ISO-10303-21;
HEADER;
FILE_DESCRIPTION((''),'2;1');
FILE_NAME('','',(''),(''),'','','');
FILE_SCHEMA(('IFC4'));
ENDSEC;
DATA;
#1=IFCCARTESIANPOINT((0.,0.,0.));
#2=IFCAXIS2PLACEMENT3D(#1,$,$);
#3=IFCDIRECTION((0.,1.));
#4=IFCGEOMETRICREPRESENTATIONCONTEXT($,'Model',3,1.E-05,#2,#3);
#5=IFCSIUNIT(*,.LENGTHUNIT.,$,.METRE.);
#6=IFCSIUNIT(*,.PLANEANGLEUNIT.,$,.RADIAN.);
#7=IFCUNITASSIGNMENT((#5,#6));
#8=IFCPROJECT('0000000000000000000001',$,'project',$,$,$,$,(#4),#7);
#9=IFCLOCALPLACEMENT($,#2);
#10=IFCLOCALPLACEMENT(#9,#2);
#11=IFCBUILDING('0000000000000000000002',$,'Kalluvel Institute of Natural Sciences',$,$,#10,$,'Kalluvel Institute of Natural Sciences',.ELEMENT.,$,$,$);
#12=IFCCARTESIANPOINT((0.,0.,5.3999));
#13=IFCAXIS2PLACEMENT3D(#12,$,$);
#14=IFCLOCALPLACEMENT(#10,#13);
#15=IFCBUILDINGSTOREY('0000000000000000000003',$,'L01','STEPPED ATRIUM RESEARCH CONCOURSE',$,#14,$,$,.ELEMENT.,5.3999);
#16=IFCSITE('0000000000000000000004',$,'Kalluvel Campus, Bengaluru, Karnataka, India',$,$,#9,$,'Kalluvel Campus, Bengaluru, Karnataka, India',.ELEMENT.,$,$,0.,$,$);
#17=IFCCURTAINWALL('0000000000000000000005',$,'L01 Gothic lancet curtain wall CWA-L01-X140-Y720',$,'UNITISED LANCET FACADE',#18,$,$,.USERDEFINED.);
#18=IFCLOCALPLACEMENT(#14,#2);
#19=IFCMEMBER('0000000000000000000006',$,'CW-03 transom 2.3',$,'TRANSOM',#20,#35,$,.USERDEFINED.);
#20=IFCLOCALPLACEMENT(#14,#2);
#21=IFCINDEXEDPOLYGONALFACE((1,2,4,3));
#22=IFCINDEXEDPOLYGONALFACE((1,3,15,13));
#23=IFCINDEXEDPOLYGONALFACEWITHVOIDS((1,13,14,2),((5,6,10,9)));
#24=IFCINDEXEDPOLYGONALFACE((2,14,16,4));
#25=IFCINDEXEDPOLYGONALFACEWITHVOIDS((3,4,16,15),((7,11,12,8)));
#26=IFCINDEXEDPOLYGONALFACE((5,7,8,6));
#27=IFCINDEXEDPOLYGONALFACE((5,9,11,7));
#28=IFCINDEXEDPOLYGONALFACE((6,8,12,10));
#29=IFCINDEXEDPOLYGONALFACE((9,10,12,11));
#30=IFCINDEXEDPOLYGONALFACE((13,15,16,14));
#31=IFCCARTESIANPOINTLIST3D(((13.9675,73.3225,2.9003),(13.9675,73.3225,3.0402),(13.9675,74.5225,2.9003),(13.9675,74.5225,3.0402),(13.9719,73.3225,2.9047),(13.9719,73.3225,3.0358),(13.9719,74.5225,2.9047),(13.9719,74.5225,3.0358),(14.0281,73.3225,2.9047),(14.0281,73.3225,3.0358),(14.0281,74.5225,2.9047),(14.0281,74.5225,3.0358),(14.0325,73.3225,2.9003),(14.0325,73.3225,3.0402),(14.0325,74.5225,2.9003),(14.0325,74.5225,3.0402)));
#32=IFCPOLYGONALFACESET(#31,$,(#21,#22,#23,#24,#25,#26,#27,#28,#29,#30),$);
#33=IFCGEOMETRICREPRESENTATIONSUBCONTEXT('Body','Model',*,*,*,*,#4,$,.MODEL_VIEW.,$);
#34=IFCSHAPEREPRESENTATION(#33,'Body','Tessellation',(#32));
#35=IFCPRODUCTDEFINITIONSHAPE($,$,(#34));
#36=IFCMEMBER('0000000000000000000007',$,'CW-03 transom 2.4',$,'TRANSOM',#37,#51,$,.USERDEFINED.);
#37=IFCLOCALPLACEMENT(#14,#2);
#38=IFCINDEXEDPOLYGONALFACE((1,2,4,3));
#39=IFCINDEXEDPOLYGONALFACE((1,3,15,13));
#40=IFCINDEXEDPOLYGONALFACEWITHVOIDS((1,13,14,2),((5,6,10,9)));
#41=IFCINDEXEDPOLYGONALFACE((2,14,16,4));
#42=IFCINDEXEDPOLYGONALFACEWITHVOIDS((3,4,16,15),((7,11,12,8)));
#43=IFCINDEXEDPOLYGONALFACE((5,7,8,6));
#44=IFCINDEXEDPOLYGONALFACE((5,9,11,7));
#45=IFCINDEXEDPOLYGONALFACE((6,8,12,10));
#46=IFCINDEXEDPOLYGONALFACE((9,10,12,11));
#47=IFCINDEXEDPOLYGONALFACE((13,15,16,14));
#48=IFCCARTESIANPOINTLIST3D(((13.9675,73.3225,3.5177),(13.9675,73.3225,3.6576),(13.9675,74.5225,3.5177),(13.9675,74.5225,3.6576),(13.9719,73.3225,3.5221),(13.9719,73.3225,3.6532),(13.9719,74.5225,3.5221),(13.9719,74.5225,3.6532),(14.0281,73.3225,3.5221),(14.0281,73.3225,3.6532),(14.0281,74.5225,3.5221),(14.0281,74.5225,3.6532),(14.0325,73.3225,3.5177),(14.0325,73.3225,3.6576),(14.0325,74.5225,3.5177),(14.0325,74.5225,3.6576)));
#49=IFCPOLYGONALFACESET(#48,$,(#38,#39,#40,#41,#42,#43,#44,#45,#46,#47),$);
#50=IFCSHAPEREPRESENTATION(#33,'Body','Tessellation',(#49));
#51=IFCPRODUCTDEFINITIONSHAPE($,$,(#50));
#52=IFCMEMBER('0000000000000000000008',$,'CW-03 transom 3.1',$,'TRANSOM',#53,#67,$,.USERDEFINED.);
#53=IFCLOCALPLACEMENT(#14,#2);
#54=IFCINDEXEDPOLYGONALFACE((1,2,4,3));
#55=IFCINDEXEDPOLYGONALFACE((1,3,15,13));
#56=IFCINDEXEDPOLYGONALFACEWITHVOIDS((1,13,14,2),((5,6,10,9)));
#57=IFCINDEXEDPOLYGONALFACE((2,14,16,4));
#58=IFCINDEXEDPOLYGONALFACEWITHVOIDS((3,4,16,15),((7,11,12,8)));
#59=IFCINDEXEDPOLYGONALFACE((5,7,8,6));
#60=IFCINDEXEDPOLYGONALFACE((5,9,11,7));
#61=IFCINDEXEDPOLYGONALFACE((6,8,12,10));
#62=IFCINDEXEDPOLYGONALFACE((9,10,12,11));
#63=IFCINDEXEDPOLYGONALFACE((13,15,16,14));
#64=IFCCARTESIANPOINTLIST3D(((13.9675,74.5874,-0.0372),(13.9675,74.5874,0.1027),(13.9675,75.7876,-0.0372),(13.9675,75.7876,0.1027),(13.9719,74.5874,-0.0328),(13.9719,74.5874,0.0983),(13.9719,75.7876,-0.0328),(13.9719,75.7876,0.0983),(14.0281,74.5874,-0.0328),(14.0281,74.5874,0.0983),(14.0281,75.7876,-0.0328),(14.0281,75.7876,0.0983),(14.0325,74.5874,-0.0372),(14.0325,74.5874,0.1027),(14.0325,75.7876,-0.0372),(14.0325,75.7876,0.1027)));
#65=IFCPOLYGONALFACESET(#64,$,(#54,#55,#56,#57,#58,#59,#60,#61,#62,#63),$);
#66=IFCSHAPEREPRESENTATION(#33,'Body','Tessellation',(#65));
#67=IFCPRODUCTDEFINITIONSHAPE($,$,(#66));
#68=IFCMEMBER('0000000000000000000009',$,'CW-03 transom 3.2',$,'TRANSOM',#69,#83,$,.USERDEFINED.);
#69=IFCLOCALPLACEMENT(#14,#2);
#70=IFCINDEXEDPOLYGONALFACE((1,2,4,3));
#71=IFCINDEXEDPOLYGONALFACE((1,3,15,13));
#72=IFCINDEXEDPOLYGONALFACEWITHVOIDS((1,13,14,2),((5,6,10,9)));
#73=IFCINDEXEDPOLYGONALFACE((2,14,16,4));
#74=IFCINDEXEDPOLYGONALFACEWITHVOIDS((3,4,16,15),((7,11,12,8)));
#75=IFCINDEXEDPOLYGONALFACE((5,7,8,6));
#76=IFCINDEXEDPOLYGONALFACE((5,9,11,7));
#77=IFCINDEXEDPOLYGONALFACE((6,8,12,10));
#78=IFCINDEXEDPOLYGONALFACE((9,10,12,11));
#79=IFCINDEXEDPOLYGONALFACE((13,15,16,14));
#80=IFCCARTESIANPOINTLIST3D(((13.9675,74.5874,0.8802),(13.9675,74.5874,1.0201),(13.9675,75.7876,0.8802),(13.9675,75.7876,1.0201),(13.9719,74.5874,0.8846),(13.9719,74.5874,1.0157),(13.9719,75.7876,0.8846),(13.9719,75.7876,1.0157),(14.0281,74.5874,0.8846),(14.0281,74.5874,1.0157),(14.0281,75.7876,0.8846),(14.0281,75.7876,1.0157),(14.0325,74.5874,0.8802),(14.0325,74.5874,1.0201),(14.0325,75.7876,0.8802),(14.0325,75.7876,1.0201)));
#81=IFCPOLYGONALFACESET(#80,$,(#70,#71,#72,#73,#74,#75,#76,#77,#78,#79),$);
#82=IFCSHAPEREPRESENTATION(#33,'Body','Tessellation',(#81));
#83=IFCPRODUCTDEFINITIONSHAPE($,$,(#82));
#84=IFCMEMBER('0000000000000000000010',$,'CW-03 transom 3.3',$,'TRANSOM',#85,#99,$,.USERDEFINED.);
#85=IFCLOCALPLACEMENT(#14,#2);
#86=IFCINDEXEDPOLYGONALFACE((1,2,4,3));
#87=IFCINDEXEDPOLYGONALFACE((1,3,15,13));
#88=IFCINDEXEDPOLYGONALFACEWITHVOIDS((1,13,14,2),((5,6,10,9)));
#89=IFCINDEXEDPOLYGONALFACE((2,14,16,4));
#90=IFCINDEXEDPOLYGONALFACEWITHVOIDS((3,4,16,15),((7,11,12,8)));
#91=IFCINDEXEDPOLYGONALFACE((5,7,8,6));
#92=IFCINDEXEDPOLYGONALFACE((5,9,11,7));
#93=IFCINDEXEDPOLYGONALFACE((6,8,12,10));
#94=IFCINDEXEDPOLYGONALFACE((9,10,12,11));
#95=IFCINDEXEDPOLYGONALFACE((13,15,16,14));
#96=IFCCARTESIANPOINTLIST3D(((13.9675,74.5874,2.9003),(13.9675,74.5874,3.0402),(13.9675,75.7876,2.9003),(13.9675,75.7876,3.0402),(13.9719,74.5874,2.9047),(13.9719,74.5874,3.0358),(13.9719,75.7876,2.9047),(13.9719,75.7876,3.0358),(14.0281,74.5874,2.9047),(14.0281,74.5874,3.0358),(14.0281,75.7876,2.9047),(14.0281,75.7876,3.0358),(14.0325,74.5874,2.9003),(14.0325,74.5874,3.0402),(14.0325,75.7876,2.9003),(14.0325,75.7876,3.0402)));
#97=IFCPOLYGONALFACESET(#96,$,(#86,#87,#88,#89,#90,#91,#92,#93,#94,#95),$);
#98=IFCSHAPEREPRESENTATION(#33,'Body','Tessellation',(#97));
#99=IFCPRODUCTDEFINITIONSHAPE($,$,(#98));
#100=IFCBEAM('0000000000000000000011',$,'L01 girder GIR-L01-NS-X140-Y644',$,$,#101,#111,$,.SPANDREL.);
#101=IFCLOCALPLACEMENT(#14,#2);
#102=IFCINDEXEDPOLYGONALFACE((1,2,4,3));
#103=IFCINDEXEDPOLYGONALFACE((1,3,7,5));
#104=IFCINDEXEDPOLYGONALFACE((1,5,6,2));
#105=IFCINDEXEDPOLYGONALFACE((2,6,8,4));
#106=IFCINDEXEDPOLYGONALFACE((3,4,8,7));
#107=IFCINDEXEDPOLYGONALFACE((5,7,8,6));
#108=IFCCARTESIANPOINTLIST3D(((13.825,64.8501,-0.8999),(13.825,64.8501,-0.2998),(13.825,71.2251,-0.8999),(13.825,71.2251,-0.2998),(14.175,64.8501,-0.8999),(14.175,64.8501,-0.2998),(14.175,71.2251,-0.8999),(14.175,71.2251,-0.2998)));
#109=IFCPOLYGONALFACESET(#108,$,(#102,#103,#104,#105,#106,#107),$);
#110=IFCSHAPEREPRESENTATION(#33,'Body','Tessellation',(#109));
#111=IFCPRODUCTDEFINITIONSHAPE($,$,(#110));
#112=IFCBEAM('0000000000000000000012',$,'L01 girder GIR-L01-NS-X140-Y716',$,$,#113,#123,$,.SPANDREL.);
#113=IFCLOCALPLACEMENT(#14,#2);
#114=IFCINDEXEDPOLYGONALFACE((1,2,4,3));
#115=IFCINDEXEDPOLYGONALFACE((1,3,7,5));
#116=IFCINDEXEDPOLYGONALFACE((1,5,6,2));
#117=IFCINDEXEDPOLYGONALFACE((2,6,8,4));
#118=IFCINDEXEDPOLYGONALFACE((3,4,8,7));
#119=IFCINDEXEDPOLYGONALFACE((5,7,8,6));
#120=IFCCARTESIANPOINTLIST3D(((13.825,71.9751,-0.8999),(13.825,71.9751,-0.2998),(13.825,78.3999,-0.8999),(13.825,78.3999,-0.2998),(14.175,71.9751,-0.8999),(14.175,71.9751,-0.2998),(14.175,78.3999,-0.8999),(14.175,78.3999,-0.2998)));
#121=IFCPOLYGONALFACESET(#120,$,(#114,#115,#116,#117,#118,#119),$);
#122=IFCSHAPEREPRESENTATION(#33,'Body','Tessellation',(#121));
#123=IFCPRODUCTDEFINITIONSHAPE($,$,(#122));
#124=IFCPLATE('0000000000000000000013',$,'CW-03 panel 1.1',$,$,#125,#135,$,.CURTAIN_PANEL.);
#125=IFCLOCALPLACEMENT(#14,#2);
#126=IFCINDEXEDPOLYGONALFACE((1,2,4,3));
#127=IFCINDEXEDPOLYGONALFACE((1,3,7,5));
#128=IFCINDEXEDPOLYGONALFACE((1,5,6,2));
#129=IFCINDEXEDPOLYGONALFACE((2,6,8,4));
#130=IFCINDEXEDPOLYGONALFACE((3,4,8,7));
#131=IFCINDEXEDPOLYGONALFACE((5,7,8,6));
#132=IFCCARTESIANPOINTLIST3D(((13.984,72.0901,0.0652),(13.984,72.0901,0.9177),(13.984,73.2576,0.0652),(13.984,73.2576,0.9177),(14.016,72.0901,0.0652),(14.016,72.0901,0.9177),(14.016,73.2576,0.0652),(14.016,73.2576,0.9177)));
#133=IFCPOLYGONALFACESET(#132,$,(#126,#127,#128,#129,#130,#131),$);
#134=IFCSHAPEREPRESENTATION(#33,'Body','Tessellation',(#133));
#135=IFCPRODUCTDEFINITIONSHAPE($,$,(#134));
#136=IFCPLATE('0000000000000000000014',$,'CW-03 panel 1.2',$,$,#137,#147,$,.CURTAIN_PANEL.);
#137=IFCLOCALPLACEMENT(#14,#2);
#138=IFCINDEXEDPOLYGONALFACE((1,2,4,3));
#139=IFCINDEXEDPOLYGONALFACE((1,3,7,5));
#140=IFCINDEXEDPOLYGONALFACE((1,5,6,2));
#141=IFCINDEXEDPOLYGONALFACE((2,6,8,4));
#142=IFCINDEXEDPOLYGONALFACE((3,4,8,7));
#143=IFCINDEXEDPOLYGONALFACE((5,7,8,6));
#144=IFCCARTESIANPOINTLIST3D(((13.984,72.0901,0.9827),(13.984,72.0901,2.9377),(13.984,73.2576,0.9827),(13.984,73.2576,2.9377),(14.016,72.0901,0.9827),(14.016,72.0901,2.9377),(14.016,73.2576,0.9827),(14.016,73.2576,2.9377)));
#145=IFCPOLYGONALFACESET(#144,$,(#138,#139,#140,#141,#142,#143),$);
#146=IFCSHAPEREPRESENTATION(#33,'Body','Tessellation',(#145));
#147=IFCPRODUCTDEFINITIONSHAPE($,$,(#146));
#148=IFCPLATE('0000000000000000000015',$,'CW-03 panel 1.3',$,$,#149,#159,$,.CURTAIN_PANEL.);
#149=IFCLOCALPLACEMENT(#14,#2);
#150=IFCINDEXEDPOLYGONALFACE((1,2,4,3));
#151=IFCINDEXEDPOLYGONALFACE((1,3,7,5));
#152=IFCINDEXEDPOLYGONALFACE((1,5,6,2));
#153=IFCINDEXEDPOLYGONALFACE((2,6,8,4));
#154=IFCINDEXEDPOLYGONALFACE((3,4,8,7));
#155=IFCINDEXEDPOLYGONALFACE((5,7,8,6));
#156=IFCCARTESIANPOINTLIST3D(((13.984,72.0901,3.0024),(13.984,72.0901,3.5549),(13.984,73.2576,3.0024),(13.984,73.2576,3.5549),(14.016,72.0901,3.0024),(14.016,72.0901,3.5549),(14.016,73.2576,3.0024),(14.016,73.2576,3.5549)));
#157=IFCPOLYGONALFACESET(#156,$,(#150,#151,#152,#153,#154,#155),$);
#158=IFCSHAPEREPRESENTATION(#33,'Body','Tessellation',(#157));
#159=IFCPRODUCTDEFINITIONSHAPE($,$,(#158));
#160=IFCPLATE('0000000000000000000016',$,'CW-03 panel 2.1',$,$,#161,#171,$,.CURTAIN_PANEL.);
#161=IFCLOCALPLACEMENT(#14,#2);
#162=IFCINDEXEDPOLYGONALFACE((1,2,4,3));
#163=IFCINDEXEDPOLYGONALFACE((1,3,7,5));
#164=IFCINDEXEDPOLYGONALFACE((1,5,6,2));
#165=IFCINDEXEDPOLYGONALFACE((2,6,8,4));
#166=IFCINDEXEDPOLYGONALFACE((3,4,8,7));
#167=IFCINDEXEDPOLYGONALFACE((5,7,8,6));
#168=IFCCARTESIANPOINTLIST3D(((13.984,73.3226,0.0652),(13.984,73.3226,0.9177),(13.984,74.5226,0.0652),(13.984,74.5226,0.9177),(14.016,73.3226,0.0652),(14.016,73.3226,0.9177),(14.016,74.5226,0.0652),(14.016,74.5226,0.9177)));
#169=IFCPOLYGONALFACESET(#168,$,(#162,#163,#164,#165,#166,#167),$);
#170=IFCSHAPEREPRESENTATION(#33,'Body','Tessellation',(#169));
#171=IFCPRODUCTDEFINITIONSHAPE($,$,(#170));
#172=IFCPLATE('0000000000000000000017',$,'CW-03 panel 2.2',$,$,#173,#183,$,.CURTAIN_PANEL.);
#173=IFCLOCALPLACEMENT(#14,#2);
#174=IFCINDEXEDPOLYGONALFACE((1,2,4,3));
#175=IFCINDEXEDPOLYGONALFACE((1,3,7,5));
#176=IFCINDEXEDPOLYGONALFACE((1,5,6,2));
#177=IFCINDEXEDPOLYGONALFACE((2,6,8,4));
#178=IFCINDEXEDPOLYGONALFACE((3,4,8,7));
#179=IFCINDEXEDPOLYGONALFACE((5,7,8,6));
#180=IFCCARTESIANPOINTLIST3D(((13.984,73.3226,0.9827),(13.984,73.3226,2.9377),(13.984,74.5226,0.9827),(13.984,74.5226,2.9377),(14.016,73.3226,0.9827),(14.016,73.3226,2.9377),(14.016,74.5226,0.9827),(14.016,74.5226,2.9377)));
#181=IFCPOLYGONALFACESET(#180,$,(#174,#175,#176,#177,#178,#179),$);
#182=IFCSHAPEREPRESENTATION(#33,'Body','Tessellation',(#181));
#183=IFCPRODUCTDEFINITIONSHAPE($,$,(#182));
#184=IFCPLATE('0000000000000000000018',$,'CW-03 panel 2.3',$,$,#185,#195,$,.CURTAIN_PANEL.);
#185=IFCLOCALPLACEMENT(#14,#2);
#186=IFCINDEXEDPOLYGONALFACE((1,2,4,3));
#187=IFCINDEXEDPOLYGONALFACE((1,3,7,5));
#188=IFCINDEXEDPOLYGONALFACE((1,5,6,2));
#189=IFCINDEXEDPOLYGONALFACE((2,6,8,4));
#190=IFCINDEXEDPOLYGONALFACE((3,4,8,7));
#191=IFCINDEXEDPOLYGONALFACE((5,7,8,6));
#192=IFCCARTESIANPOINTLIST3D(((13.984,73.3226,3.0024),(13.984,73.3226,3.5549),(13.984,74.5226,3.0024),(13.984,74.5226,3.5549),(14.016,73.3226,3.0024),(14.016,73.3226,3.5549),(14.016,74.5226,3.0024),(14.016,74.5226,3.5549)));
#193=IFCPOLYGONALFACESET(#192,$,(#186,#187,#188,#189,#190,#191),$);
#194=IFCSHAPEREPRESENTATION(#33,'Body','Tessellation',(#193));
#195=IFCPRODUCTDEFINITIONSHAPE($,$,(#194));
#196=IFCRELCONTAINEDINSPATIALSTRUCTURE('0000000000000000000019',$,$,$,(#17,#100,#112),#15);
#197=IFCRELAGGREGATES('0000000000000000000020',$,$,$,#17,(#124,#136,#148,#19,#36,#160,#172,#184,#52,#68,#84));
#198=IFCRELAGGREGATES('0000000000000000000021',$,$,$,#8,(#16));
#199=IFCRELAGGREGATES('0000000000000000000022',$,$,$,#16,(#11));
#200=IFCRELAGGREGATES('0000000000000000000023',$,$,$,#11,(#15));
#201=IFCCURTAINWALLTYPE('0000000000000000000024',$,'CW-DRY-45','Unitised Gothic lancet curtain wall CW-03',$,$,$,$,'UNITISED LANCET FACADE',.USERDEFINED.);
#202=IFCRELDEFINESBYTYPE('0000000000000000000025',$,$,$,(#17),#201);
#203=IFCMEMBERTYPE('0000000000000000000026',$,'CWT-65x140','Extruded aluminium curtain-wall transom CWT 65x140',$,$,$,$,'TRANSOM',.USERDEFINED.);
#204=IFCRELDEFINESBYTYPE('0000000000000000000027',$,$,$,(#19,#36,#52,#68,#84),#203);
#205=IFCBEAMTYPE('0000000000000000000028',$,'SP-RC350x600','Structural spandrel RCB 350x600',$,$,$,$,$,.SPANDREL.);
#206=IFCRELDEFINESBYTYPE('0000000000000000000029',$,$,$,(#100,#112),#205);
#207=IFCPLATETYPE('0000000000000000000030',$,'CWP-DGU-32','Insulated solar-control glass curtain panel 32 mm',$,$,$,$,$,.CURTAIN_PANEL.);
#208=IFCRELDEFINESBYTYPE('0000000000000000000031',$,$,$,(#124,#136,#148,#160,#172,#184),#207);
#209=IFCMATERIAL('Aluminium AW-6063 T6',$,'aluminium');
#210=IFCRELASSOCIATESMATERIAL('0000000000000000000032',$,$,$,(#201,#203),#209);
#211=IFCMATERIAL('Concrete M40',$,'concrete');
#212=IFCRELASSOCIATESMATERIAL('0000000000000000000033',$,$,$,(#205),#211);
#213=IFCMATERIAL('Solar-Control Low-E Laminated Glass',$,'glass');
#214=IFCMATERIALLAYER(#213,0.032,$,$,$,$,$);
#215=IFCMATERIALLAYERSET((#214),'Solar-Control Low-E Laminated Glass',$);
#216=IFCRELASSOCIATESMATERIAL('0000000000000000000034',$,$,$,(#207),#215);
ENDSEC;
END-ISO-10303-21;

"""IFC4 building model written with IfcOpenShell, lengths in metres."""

from ifc_helpers import new_model, si_unit, direction, frame, origin, origin_2d, place, context, subcontext, project, spatial, rectangle, hollow_rectangle, extrude, material, layer, layer_set, material_profile, profile_set, type_object, element, aggregate, save


model = new_model("IFC4")

# Units and contexts
model_context = context("Model", 3, precision=1e-05, world=origin(), true_north=direction((0.0, 1.0)))
body_context = subcontext(model_context, "Body", "Model", "MODEL_VIEW")
ifc_project = project(units=[si_unit("LENGTHUNIT", "METRE"), si_unit("PLANEANGLEUNIT", "RADIAN")], contexts=[model_context])

# Site, building, storey
site_placement = place(None, origin())
site = spatial("IfcSite", under=ifc_project, at=site_placement, Name="Kalluvel Campus, Bengaluru, Karnataka, India", LongName="Kalluvel Campus, Bengaluru, Karnataka, India", CompositionType="ELEMENT", RefElevation=0.0)
building_placement = place(site_placement, origin())
building = spatial("IfcBuilding", under=site, at=building_placement, Name="Kalluvel Institute of Natural Sciences", LongName="Kalluvel Institute of Natural Sciences", CompositionType="ELEMENT")
storey_placement = place(building_placement, frame((0.0, 0.0, 5.3999)))
storey = spatial("IfcBuildingStorey", under=building, at=storey_placement, Name="L01", Description="STEPPED ATRIUM RESEARCH CONCOURSE", CompositionType="ELEMENT", Elevation=5.3999)

# Curtain wall, members
ifc_material_1 = material(Name="Aluminium AW-6063 T6", Category="aluminium")
curtain_wall_type = type_object("IfcCurtainWallType", Name="CW-DRY-45", Description="Unitised Gothic lancet curtain wall CW-03", ElementType="UNITISED LANCET FACADE", PredefinedType="USERDEFINED", material=ifc_material_1)
curtain_wall_placement = place(storey_placement, origin())
curtain_wall = element("IfcCurtainWall", 1, at=curtain_wall_placement, inside=storey, type_object=curtain_wall_type, Name="L01 Gothic lancet curtain wall CWA-L01-X140-Y720", ObjectType="UNITISED LANCET FACADE", PredefinedType="USERDEFINED")
ifc_material_profile_1 = material_profile(ifc_material_1, hollow_rectangle(XDim=0.0649, YDim=0.1399, WallThickness=0.0044, at=origin_2d()), Name="CWT 65x140")
ifc_profile_set_1 = profile_set([ifc_material_profile_1], Name="Aluminium AW-6063 T6")
member_type_1 = type_object("IfcMemberType", Name="CWT-65x140", Description="Extruded aluminium curtain-wall transom CWT 65x140", ElementType="TRANSOM", PredefinedType="USERDEFINED", material=ifc_profile_set_1)
member_1_placement = place(storey_placement, frame((14.0, 73.3225, 2.9702), z_axis=(0.0, 1.0, 0.0), x_axis=(-1.0, 0.0, 0.0)))
member_1 = element("IfcMember", 2, at=member_1_placement, type_object=member_type_1, Name="CW-03 transom 2.3", ObjectType="TRANSOM", PredefinedType="USERDEFINED", context=body_context, shape_type="SweptSolid", body=[
    extrude(hollow_rectangle(XDim=0.0649, YDim=0.1399, WallThickness=0.0044, at=origin_2d()), origin(), (0.0, 0.0, 1.0), 1.2),
])
member_2_placement = place(storey_placement, frame((14.0, 73.3225, 3.5876), z_axis=(0.0, 1.0, 0.0), x_axis=(-1.0, 0.0, 0.0)))
member_2 = element("IfcMember", 3, at=member_2_placement, type_object=member_type_1, Name="CW-03 transom 2.4", ObjectType="TRANSOM", PredefinedType="USERDEFINED", context=body_context, shape_type="SweptSolid", body=[
    extrude(hollow_rectangle(XDim=0.0649, YDim=0.1399, WallThickness=0.0044, at=origin_2d()), origin(), (0.0, 0.0, 1.0), 1.2),
])
member_3_placement = place(storey_placement, frame((14.0, 74.5874, 0.0327), z_axis=(0.0, 1.0, 0.0), x_axis=(-1.0, 0.0, 0.0)))
member_3 = element("IfcMember", 4, at=member_3_placement, type_object=member_type_1, Name="CW-03 transom 3.1", ObjectType="TRANSOM", PredefinedType="USERDEFINED", context=body_context, shape_type="SweptSolid", body=[
    extrude(hollow_rectangle(XDim=0.0649, YDim=0.1399, WallThickness=0.0044, at=origin_2d()), origin(), (0.0, 0.0, 1.0), 1.2002),
])
member_4_placement = place(storey_placement, frame((14.0, 74.5874, 0.9502), z_axis=(0.0, 1.0, 0.0), x_axis=(-1.0, 0.0, 0.0)))
member_4 = element("IfcMember", 5, at=member_4_placement, type_object=member_type_1, Name="CW-03 transom 3.2", ObjectType="TRANSOM", PredefinedType="USERDEFINED", context=body_context, shape_type="SweptSolid", body=[
    extrude(hollow_rectangle(XDim=0.0649, YDim=0.1399, WallThickness=0.0044, at=origin_2d()), origin(), (0.0, 0.0, 1.0), 1.2002),
])
member_5_placement = place(storey_placement, frame((14.0, 74.5874, 2.9702), z_axis=(0.0, 1.0, 0.0), x_axis=(-1.0, 0.0, 0.0)))
member_5 = element("IfcMember", 6, at=member_5_placement, type_object=member_type_1, Name="CW-03 transom 3.3", ObjectType="TRANSOM", PredefinedType="USERDEFINED", context=body_context, shape_type="SweptSolid", body=[
    extrude(hollow_rectangle(XDim=0.0649, YDim=0.1399, WallThickness=0.0044, at=origin_2d()), origin(), (0.0, 0.0, 1.0), 1.2002),
])

# Beams
ifc_material_2 = material(Name="Concrete M40", Category="concrete")
ifc_material_profile_2 = material_profile(ifc_material_2, rectangle(XDim=0.3501, YDim=0.6001, at=origin_2d()), Name="RCB 350x600")
ifc_profile_set_2 = profile_set([ifc_material_profile_2], Name="Concrete M40")
beam_type = type_object("IfcBeamType", Name="SP-RC350x600", Description="Structural spandrel RCB 350x600", PredefinedType="SPANDREL", material=ifc_profile_set_2)
beam_1_placement = place(storey_placement, frame((14.0, 64.8501, -0.5999), z_axis=(0.0, 1.0, 0.0), x_axis=(-1.0, 0.0, 0.0)))
element("IfcBeam", 7, at=beam_1_placement, inside=storey, type_object=beam_type, Name="L01 girder GIR-L01-NS-X140-Y644", PredefinedType="SPANDREL", context=body_context, shape_type="SweptSolid", body=[
    extrude(rectangle(XDim=0.3501, YDim=0.6001, at=origin_2d()), origin(), (0.0, 0.0, 1.0), 6.375),
])
beam_2_placement = place(storey_placement, frame((14.0, 71.9751, -0.5999), z_axis=(0.0, 1.0, 0.0), x_axis=(-1.0, 0.0, 0.0)))
element("IfcBeam", 8, at=beam_2_placement, inside=storey, type_object=beam_type, Name="L01 girder GIR-L01-NS-X140-Y716", PredefinedType="SPANDREL", context=body_context, shape_type="SweptSolid", body=[
    extrude(rectangle(XDim=0.3501, YDim=0.6001, at=origin_2d()), origin(), (0.0, 0.0, 1.0), 6.4248),
])

# Plates
ifc_material_3 = material(Name="Solar-Control Low-E Laminated Glass", Category="glass")
ifc_layer_1 = layer(ifc_material_3, 0.032)
ifc_layer_set_1 = layer_set([ifc_layer_1], Name="Solar-Control Low-E Laminated Glass")
plate_type = type_object("IfcPlateType", Name="CWP-DGU-32", Description="Insulated solar-control glass curtain panel 32 mm", PredefinedType="CURTAIN_PANEL", material=ifc_layer_set_1)
plate_1_placement = place(storey_placement, frame((14.0, 72.6738, 0.0652), z_axis=(0.0, 0.0, 1.0), x_axis=(0.0, 1.0, 0.0)))
plate_1 = element("IfcPlate", 9, at=plate_1_placement, type_object=plate_type, Name="CW-03 panel 1.1", PredefinedType="CURTAIN_PANEL", context=body_context, shape_type="SweptSolid", body=[
    extrude(rectangle(XDim=1.1675, YDim=0.032, at=origin_2d()), origin(), (0.0, 0.0, 1.0), 0.8525),
])
plate_2_placement = place(storey_placement, frame((14.0, 72.6738, 0.9827), z_axis=(0.0, 0.0, 1.0), x_axis=(0.0, 1.0, 0.0)))
plate_2 = element("IfcPlate", 10, at=plate_2_placement, type_object=plate_type, Name="CW-03 panel 1.2", PredefinedType="CURTAIN_PANEL", context=body_context, shape_type="SweptSolid", body=[
    extrude(rectangle(XDim=1.1675, YDim=0.032, at=origin_2d()), origin(), (0.0, 0.0, 1.0), 1.9551),
])
plate_3_placement = place(storey_placement, frame((14.0, 72.6738, 3.0024), z_axis=(0.0, 0.0, 1.0), x_axis=(0.0, 1.0, 0.0)))
plate_3 = element("IfcPlate", 11, at=plate_3_placement, type_object=plate_type, Name="CW-03 panel 1.3", PredefinedType="CURTAIN_PANEL", context=body_context, shape_type="SweptSolid", body=[
    extrude(rectangle(XDim=1.1675, YDim=0.032, at=origin_2d()), origin(), (0.0, 0.0, 1.0), 0.5525),
])
plate_4_placement = place(storey_placement, frame((14.0, 73.9226, 0.0652), z_axis=(0.0, 0.0, 1.0), x_axis=(0.0, 1.0, 0.0)))
plate_4 = element("IfcPlate", 12, at=plate_4_placement, type_object=plate_type, Name="CW-03 panel 2.1", PredefinedType="CURTAIN_PANEL", context=body_context, shape_type="SweptSolid", body=[
    extrude(rectangle(XDim=1.2, YDim=0.032, at=origin_2d()), origin(), (0.0, 0.0, 1.0), 0.8525),
])
plate_5_placement = place(storey_placement, frame((14.0, 73.9226, 0.9827), z_axis=(0.0, 0.0, 1.0), x_axis=(0.0, 1.0, 0.0)))
plate_5 = element("IfcPlate", 13, at=plate_5_placement, type_object=plate_type, Name="CW-03 panel 2.2", PredefinedType="CURTAIN_PANEL", context=body_context, shape_type="SweptSolid", body=[
    extrude(rectangle(XDim=1.2, YDim=0.032, at=origin_2d()), origin(), (0.0, 0.0, 1.0), 1.9551),
])
plate_6_placement = place(storey_placement, frame((14.0, 73.9226, 3.0024), z_axis=(0.0, 0.0, 1.0), x_axis=(0.0, 1.0, 0.0)))
plate_6 = element("IfcPlate", 14, at=plate_6_placement, type_object=plate_type, Name="CW-03 panel 2.3", PredefinedType="CURTAIN_PANEL", context=body_context, shape_type="SweptSolid", body=[
    extrude(rectangle(XDim=1.2, YDim=0.032, at=origin_2d()), origin(), (0.0, 0.0, 1.0), 0.5525),
])
aggregate(curtain_wall, [plate_1, plate_2, plate_3, member_1, member_2, plate_4, plate_5, plate_6, member_3, member_4, member_5])

save(model, "model.ifc")
